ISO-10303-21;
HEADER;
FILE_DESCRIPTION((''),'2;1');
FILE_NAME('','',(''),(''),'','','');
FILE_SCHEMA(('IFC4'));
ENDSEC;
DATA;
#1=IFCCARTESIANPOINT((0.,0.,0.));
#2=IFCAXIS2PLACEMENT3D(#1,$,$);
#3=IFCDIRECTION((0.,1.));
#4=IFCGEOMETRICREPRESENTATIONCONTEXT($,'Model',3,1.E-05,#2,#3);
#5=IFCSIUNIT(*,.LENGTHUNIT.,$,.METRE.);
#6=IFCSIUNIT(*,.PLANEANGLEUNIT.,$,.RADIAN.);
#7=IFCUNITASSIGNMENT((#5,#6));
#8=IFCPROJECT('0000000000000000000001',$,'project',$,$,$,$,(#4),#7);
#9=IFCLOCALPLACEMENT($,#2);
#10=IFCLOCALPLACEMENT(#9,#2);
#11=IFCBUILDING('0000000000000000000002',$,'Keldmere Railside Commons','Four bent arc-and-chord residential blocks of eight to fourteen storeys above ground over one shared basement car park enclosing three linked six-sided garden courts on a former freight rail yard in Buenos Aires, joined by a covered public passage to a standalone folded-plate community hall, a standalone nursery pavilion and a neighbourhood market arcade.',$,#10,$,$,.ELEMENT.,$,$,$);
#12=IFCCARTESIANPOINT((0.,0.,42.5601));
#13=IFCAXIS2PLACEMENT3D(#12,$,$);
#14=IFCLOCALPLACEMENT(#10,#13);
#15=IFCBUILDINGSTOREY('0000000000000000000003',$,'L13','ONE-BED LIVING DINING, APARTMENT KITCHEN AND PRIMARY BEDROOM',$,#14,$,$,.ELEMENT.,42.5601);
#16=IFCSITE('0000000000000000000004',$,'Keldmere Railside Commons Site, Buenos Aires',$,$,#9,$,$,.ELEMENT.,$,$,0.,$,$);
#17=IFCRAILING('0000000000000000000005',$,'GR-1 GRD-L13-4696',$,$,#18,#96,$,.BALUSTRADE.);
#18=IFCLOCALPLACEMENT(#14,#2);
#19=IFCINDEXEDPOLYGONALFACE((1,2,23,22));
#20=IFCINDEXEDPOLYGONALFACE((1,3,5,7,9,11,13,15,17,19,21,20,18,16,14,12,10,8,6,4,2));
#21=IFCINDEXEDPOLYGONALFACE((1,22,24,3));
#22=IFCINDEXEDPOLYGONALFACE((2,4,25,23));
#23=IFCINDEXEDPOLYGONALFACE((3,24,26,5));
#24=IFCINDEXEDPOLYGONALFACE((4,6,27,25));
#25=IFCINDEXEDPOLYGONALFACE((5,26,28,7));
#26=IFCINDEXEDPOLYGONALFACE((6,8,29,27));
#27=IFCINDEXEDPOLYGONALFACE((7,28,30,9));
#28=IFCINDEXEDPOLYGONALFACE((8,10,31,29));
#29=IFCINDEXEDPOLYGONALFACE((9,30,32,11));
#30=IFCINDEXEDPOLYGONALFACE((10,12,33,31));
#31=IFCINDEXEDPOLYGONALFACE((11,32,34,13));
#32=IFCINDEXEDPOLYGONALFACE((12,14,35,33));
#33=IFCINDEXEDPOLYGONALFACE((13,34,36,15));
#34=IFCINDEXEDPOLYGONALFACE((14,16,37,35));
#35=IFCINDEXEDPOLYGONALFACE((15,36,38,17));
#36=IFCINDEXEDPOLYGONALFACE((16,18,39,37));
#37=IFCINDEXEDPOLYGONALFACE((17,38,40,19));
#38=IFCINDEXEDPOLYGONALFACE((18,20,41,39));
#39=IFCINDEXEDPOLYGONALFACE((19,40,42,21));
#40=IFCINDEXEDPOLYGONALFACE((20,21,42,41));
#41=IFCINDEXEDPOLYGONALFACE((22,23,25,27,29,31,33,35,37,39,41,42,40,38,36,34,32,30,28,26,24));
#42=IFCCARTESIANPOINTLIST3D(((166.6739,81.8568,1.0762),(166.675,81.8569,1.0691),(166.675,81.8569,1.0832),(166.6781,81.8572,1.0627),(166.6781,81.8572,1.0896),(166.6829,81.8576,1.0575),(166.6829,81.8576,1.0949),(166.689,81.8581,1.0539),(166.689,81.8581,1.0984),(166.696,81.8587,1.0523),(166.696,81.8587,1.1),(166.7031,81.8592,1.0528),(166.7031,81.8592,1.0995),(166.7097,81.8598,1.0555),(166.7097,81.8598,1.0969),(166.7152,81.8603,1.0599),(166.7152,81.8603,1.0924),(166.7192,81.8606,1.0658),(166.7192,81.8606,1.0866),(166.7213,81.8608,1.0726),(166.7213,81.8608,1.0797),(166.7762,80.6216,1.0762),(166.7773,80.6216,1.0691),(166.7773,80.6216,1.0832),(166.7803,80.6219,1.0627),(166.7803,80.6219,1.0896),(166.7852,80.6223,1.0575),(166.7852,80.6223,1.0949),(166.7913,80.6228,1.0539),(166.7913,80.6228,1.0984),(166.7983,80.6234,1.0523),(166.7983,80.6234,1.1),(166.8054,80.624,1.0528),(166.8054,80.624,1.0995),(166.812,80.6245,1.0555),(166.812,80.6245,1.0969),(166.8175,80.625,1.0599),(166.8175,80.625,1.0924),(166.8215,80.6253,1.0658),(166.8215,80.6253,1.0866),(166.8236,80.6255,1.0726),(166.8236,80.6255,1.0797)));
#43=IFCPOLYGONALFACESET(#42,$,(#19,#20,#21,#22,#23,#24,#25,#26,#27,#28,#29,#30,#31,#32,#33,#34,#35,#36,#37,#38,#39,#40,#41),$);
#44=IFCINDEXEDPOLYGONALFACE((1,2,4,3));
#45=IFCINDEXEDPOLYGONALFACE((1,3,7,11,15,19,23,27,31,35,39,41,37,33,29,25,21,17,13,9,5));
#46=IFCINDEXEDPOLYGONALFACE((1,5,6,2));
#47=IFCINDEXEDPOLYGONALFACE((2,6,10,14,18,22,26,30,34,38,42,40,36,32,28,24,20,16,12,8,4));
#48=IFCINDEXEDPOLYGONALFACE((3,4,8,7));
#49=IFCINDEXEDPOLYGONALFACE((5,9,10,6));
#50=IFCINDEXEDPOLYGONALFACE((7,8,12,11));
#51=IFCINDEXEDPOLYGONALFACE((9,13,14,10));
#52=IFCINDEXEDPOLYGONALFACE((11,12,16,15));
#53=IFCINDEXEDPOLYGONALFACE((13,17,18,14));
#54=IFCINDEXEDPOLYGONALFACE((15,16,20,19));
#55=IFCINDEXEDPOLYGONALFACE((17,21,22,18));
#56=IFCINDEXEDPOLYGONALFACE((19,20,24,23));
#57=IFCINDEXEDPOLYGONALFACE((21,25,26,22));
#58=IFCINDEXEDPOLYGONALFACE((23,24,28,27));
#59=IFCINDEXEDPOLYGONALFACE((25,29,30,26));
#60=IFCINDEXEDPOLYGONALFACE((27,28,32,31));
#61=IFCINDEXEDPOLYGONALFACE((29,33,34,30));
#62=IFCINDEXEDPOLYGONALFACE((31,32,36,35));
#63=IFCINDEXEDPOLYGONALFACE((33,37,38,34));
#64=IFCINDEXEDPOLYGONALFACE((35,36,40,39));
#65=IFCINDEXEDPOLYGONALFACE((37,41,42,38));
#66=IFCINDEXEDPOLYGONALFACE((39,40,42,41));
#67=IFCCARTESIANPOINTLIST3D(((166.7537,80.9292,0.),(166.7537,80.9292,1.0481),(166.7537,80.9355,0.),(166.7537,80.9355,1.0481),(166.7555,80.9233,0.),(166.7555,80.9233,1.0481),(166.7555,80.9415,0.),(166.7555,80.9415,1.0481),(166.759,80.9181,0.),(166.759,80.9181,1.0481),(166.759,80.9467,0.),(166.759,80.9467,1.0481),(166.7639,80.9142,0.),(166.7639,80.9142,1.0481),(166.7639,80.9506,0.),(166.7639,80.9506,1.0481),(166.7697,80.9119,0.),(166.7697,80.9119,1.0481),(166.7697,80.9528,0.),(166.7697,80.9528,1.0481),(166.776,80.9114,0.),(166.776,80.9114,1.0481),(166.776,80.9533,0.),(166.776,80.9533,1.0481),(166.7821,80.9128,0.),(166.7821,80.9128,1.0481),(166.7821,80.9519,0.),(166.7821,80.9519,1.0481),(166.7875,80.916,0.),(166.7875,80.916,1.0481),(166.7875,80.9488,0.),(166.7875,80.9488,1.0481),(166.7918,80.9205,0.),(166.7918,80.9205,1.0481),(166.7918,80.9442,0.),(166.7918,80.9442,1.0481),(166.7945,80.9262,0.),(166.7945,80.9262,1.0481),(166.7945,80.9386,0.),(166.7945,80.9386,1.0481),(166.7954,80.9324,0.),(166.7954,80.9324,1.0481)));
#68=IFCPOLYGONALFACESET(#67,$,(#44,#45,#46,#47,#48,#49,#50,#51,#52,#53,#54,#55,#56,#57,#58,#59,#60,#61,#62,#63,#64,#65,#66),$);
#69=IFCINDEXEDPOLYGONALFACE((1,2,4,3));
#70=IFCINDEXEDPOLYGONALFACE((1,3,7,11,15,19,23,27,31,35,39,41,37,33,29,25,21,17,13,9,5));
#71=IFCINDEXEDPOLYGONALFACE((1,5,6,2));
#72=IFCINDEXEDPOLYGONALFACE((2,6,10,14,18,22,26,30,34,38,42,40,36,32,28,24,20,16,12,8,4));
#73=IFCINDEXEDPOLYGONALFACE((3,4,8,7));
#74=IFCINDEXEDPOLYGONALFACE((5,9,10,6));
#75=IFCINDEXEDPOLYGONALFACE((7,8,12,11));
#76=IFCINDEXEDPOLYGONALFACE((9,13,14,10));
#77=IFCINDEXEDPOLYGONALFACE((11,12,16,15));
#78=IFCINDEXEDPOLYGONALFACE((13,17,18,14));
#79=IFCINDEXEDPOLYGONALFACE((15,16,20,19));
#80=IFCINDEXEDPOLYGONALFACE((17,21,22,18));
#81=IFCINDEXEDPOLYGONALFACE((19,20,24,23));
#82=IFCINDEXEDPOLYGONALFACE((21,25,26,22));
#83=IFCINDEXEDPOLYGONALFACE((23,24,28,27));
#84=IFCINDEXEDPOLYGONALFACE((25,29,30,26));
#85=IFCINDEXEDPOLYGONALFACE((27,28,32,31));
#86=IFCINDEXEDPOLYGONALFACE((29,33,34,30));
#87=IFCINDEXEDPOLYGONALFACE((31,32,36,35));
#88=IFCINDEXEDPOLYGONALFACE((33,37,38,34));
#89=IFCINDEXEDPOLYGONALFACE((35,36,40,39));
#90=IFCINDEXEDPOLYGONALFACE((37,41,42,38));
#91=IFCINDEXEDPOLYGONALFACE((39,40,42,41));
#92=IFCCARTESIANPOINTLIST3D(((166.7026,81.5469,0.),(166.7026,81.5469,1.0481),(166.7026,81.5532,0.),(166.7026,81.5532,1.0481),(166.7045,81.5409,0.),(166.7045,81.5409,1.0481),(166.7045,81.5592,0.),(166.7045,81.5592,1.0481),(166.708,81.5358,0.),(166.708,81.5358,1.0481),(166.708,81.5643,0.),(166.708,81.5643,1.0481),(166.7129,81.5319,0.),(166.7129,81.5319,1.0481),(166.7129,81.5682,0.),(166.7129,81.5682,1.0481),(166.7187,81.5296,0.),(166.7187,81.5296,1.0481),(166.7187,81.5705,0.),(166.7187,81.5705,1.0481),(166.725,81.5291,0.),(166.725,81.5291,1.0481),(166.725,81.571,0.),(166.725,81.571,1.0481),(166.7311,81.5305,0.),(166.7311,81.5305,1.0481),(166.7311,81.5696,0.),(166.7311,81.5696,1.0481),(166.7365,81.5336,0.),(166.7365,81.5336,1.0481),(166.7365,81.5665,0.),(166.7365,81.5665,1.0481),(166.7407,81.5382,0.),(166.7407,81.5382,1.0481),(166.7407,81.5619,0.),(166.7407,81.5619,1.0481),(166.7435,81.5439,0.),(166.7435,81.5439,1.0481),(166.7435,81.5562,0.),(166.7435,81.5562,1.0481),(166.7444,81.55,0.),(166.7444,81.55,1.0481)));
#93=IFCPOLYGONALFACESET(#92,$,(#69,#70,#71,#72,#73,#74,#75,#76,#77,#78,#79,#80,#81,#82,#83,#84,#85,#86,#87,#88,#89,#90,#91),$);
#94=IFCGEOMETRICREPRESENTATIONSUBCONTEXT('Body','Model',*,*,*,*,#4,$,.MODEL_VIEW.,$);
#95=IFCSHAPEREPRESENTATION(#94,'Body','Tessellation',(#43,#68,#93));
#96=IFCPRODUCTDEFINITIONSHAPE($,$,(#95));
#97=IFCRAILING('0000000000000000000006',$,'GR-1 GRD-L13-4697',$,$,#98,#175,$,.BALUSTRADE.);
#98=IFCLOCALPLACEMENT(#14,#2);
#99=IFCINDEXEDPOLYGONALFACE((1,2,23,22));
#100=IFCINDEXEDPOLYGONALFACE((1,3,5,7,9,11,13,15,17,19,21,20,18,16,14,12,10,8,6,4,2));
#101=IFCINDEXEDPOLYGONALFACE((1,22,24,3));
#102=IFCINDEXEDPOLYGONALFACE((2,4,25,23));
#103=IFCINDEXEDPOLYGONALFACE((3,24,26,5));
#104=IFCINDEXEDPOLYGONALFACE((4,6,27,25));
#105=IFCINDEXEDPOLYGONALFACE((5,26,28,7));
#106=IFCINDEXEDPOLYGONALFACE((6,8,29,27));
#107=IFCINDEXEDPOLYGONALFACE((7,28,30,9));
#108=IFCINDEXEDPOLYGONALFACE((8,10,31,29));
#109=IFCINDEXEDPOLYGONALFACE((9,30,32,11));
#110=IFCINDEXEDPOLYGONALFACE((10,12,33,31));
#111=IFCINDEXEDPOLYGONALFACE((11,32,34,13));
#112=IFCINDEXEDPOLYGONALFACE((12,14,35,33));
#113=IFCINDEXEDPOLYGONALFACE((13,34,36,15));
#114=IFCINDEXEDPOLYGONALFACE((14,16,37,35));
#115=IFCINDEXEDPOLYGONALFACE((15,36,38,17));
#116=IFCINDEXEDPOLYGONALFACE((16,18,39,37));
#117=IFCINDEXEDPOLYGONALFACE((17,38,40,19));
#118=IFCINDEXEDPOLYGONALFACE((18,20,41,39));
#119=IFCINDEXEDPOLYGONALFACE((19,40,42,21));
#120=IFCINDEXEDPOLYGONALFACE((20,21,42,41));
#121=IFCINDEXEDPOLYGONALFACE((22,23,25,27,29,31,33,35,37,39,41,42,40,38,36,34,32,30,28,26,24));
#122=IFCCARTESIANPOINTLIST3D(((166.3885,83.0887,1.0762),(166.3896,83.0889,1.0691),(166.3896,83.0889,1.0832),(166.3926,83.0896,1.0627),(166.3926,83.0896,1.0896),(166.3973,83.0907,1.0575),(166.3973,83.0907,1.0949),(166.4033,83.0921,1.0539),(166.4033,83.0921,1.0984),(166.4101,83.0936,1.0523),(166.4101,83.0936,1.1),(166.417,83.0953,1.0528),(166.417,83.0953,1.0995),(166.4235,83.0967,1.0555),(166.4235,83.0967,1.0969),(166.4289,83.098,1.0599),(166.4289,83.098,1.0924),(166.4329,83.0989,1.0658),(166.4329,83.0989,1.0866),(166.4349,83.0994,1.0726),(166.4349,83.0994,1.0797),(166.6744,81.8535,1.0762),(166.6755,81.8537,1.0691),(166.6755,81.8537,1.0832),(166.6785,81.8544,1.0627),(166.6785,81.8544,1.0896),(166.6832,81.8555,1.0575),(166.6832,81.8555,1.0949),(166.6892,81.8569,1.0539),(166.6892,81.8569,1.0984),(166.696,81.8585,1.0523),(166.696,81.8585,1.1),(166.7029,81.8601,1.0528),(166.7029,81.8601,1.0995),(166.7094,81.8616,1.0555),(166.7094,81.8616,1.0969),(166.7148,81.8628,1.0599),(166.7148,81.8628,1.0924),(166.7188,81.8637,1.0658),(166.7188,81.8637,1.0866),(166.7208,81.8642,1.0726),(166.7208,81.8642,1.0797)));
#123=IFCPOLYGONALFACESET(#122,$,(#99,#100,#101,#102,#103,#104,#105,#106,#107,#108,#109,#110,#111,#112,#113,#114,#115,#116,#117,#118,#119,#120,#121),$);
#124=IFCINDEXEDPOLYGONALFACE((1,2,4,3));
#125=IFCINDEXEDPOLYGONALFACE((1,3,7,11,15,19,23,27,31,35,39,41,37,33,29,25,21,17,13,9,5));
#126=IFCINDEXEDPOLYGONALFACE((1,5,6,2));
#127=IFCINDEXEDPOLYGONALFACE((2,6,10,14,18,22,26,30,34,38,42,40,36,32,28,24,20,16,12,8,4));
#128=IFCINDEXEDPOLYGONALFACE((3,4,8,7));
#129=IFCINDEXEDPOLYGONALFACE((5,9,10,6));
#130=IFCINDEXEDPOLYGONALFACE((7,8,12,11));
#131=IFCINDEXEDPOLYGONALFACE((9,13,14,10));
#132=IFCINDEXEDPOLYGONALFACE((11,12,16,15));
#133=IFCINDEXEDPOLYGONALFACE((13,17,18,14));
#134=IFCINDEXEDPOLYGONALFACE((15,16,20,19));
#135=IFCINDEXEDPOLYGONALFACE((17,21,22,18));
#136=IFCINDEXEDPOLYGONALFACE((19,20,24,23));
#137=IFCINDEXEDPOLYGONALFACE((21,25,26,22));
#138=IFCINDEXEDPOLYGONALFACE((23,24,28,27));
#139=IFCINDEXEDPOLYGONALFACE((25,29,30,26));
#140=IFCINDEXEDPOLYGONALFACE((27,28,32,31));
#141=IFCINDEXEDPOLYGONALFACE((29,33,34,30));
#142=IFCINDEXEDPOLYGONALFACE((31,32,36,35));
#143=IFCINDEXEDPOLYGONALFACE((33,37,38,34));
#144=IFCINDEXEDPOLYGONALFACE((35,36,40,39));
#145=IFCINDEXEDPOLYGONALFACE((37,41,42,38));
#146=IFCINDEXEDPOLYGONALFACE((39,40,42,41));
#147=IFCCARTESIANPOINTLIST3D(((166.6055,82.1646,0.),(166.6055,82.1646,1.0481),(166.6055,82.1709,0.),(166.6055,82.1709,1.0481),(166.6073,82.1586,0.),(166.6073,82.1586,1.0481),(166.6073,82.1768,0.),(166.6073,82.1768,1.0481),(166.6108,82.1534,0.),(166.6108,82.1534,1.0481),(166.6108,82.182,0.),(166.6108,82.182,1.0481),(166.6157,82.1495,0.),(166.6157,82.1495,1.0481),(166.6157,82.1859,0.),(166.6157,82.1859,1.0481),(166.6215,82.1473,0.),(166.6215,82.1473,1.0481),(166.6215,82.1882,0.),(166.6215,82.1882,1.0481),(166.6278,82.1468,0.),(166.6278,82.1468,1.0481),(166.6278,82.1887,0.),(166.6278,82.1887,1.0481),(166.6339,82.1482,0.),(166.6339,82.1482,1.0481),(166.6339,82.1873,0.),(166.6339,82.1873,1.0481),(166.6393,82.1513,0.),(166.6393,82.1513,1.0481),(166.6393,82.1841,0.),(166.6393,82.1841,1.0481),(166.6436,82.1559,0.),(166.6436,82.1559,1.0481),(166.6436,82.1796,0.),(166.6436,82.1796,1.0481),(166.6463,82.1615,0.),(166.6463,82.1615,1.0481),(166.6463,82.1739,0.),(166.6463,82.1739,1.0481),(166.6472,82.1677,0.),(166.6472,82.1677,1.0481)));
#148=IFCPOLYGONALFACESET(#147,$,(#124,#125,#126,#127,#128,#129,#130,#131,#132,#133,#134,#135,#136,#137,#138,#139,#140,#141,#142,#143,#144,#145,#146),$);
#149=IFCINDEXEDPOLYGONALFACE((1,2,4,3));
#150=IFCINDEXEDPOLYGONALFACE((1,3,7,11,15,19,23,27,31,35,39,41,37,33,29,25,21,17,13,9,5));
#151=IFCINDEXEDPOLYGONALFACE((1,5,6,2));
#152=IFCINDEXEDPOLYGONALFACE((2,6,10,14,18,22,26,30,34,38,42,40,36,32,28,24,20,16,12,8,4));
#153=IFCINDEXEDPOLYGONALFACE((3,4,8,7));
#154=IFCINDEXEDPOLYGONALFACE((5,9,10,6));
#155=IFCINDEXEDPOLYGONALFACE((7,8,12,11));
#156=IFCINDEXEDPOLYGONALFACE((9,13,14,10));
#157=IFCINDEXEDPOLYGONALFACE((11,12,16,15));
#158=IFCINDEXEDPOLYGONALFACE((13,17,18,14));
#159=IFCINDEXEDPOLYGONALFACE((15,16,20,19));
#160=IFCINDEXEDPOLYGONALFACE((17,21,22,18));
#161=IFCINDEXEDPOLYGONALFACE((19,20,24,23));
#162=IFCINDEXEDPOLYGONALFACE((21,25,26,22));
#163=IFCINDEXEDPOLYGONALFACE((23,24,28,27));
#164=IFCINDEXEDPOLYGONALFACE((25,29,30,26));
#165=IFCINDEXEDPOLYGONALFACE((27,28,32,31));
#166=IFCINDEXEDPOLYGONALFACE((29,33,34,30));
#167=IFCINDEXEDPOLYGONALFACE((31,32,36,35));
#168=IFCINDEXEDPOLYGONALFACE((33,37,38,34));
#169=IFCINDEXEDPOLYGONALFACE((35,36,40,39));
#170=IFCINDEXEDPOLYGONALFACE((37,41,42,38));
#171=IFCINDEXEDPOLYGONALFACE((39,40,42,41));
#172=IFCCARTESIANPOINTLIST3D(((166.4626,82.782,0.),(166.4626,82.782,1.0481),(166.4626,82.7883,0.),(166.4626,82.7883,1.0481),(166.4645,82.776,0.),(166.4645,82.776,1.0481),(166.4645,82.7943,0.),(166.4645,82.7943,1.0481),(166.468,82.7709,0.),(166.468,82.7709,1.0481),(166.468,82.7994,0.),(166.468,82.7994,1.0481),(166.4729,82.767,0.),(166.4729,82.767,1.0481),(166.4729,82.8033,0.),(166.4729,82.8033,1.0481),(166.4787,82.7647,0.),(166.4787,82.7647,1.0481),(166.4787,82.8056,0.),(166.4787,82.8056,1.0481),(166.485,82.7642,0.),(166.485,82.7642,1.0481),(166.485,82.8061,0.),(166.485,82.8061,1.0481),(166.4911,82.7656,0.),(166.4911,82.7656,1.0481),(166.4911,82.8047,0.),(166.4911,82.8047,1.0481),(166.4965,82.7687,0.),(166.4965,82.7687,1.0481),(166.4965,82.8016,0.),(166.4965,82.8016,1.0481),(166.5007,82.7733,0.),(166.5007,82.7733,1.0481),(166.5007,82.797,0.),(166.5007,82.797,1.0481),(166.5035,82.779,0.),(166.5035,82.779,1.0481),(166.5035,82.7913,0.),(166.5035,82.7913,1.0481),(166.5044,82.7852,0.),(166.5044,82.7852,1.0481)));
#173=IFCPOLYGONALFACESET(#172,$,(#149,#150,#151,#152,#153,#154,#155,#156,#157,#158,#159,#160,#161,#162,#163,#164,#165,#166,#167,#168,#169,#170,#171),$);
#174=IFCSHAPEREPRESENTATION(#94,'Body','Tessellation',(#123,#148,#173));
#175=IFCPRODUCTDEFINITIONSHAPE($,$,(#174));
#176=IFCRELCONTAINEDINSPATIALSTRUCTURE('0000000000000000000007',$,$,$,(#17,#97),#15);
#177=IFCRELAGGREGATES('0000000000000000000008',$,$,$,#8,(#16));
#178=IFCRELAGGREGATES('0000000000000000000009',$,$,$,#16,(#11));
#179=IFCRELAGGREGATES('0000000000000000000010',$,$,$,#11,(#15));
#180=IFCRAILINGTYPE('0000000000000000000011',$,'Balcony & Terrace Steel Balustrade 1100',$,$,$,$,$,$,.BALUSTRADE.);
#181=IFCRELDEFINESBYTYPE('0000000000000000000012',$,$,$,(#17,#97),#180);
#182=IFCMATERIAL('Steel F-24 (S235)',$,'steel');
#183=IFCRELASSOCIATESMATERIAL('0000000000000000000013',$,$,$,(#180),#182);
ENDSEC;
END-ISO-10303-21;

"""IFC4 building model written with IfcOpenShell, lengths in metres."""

from ifc_helpers import new_model, si_unit, direction, frame, origin, origin_2d, place, context, subcontext, project, spatial, circle, extrude, material, type_object, element, save


model = new_model("IFC4")

# Units and contexts
model_context = context("Model", 3, precision=1e-05, world=origin(), true_north=direction((0.0, 1.0)))
body_context = subcontext(model_context, "Body", "Model", "MODEL_VIEW")
ifc_project = project(units=[si_unit("LENGTHUNIT", "METRE"), si_unit("PLANEANGLEUNIT", "RADIAN")], contexts=[model_context])

# Site, building, storey
site_placement = place(None, origin())
site = spatial("IfcSite", under=ifc_project, at=site_placement, Name="Keldmere Railside Commons Site, Buenos Aires", CompositionType="ELEMENT", RefElevation=0.0)
building_placement = place(site_placement, origin())
building = spatial("IfcBuilding", under=site, at=building_placement, Name="Keldmere Railside Commons", Description="Four bent arc-and-chord residential blocks of eight to fourteen storeys above ground over one shared basement car park enclosing three linked six-sided garden courts on a former freight rail yard in Buenos Aires, joined by a covered public passage to a standalone folded-plate community hall, a standalone nursery pavilion and a neighbourhood market arcade.", CompositionType="ELEMENT")
storey_placement = place(building_placement, frame((0.0, 0.0, 42.5601)))
storey = spatial("IfcBuildingStorey", under=building, at=storey_placement, Name="L13", Description="ONE-BED LIVING DINING, APARTMENT KITCHEN AND PRIMARY BEDROOM", CompositionType="ELEMENT", Elevation=42.5601)

# Railings
ifc_material_1 = material(Name="Steel F-24 (S235)", Category="steel")
railing_type = type_object("IfcRailingType", Name="Balcony & Terrace Steel Balustrade 1100", PredefinedType="BALUSTRADE", material=ifc_material_1)
railing_1_placement = place(storey_placement, frame((166.8, 80.6235, 0.0)))
element("IfcRailing", 1, at=railing_1_placement, inside=storey, type_object=railing_type, Name="GR-1 GRD-L13-4696", PredefinedType="BALUSTRADE", context=body_context, shape_type="SweptSolid", body=[
    extrude(circle(Radius=0.0239, at=origin_2d()), frame((0.0, 0.0, 1.0762), z_axis=(-0.082524, 0.996589, 0.0), x_axis=(-0.996589, -0.082524, 0.0)), (0.0, 0.0, 1.0), 1.2395),
    extrude(circle(Radius=0.021, at=origin_2d()), frame((-0.0256, 0.3088, 0.0)), (0.0, 0.0, 1.0), 1.0481),
    extrude(circle(Radius=0.021, at=origin_2d()), frame((-0.0767, 0.9265, 0.0)), (0.0, 0.0, 1.0), 1.0481),
])
railing_2_placement = place(storey_placement, frame((166.6978, 81.8589, 0.0)))
element("IfcRailing", 2, at=railing_2_placement, inside=storey, type_object=railing_type, Name="GR-1 GRD-L13-4697", PredefinedType="BALUSTRADE", context=body_context, shape_type="SweptSolid", body=[
    extrude(circle(Radius=0.0239, at=origin_2d()), frame((0.0, 0.0, 1.0762), z_axis=(-0.225506, 0.974242, 0.0), x_axis=(-0.974242, -0.225506, 0.0)), (0.0, 0.0, 1.0), 1.2678),
    extrude(circle(Radius=0.021, at=origin_2d()), frame((-0.0715, 0.3088, 0.0)), (0.0, 0.0, 1.0), 1.0481),
    extrude(circle(Radius=0.021, at=origin_2d()), frame((-0.2144, 0.9263, 0.0)), (0.0, 0.0, 1.0), 1.0481),
])

save(model, "model.ifc")
